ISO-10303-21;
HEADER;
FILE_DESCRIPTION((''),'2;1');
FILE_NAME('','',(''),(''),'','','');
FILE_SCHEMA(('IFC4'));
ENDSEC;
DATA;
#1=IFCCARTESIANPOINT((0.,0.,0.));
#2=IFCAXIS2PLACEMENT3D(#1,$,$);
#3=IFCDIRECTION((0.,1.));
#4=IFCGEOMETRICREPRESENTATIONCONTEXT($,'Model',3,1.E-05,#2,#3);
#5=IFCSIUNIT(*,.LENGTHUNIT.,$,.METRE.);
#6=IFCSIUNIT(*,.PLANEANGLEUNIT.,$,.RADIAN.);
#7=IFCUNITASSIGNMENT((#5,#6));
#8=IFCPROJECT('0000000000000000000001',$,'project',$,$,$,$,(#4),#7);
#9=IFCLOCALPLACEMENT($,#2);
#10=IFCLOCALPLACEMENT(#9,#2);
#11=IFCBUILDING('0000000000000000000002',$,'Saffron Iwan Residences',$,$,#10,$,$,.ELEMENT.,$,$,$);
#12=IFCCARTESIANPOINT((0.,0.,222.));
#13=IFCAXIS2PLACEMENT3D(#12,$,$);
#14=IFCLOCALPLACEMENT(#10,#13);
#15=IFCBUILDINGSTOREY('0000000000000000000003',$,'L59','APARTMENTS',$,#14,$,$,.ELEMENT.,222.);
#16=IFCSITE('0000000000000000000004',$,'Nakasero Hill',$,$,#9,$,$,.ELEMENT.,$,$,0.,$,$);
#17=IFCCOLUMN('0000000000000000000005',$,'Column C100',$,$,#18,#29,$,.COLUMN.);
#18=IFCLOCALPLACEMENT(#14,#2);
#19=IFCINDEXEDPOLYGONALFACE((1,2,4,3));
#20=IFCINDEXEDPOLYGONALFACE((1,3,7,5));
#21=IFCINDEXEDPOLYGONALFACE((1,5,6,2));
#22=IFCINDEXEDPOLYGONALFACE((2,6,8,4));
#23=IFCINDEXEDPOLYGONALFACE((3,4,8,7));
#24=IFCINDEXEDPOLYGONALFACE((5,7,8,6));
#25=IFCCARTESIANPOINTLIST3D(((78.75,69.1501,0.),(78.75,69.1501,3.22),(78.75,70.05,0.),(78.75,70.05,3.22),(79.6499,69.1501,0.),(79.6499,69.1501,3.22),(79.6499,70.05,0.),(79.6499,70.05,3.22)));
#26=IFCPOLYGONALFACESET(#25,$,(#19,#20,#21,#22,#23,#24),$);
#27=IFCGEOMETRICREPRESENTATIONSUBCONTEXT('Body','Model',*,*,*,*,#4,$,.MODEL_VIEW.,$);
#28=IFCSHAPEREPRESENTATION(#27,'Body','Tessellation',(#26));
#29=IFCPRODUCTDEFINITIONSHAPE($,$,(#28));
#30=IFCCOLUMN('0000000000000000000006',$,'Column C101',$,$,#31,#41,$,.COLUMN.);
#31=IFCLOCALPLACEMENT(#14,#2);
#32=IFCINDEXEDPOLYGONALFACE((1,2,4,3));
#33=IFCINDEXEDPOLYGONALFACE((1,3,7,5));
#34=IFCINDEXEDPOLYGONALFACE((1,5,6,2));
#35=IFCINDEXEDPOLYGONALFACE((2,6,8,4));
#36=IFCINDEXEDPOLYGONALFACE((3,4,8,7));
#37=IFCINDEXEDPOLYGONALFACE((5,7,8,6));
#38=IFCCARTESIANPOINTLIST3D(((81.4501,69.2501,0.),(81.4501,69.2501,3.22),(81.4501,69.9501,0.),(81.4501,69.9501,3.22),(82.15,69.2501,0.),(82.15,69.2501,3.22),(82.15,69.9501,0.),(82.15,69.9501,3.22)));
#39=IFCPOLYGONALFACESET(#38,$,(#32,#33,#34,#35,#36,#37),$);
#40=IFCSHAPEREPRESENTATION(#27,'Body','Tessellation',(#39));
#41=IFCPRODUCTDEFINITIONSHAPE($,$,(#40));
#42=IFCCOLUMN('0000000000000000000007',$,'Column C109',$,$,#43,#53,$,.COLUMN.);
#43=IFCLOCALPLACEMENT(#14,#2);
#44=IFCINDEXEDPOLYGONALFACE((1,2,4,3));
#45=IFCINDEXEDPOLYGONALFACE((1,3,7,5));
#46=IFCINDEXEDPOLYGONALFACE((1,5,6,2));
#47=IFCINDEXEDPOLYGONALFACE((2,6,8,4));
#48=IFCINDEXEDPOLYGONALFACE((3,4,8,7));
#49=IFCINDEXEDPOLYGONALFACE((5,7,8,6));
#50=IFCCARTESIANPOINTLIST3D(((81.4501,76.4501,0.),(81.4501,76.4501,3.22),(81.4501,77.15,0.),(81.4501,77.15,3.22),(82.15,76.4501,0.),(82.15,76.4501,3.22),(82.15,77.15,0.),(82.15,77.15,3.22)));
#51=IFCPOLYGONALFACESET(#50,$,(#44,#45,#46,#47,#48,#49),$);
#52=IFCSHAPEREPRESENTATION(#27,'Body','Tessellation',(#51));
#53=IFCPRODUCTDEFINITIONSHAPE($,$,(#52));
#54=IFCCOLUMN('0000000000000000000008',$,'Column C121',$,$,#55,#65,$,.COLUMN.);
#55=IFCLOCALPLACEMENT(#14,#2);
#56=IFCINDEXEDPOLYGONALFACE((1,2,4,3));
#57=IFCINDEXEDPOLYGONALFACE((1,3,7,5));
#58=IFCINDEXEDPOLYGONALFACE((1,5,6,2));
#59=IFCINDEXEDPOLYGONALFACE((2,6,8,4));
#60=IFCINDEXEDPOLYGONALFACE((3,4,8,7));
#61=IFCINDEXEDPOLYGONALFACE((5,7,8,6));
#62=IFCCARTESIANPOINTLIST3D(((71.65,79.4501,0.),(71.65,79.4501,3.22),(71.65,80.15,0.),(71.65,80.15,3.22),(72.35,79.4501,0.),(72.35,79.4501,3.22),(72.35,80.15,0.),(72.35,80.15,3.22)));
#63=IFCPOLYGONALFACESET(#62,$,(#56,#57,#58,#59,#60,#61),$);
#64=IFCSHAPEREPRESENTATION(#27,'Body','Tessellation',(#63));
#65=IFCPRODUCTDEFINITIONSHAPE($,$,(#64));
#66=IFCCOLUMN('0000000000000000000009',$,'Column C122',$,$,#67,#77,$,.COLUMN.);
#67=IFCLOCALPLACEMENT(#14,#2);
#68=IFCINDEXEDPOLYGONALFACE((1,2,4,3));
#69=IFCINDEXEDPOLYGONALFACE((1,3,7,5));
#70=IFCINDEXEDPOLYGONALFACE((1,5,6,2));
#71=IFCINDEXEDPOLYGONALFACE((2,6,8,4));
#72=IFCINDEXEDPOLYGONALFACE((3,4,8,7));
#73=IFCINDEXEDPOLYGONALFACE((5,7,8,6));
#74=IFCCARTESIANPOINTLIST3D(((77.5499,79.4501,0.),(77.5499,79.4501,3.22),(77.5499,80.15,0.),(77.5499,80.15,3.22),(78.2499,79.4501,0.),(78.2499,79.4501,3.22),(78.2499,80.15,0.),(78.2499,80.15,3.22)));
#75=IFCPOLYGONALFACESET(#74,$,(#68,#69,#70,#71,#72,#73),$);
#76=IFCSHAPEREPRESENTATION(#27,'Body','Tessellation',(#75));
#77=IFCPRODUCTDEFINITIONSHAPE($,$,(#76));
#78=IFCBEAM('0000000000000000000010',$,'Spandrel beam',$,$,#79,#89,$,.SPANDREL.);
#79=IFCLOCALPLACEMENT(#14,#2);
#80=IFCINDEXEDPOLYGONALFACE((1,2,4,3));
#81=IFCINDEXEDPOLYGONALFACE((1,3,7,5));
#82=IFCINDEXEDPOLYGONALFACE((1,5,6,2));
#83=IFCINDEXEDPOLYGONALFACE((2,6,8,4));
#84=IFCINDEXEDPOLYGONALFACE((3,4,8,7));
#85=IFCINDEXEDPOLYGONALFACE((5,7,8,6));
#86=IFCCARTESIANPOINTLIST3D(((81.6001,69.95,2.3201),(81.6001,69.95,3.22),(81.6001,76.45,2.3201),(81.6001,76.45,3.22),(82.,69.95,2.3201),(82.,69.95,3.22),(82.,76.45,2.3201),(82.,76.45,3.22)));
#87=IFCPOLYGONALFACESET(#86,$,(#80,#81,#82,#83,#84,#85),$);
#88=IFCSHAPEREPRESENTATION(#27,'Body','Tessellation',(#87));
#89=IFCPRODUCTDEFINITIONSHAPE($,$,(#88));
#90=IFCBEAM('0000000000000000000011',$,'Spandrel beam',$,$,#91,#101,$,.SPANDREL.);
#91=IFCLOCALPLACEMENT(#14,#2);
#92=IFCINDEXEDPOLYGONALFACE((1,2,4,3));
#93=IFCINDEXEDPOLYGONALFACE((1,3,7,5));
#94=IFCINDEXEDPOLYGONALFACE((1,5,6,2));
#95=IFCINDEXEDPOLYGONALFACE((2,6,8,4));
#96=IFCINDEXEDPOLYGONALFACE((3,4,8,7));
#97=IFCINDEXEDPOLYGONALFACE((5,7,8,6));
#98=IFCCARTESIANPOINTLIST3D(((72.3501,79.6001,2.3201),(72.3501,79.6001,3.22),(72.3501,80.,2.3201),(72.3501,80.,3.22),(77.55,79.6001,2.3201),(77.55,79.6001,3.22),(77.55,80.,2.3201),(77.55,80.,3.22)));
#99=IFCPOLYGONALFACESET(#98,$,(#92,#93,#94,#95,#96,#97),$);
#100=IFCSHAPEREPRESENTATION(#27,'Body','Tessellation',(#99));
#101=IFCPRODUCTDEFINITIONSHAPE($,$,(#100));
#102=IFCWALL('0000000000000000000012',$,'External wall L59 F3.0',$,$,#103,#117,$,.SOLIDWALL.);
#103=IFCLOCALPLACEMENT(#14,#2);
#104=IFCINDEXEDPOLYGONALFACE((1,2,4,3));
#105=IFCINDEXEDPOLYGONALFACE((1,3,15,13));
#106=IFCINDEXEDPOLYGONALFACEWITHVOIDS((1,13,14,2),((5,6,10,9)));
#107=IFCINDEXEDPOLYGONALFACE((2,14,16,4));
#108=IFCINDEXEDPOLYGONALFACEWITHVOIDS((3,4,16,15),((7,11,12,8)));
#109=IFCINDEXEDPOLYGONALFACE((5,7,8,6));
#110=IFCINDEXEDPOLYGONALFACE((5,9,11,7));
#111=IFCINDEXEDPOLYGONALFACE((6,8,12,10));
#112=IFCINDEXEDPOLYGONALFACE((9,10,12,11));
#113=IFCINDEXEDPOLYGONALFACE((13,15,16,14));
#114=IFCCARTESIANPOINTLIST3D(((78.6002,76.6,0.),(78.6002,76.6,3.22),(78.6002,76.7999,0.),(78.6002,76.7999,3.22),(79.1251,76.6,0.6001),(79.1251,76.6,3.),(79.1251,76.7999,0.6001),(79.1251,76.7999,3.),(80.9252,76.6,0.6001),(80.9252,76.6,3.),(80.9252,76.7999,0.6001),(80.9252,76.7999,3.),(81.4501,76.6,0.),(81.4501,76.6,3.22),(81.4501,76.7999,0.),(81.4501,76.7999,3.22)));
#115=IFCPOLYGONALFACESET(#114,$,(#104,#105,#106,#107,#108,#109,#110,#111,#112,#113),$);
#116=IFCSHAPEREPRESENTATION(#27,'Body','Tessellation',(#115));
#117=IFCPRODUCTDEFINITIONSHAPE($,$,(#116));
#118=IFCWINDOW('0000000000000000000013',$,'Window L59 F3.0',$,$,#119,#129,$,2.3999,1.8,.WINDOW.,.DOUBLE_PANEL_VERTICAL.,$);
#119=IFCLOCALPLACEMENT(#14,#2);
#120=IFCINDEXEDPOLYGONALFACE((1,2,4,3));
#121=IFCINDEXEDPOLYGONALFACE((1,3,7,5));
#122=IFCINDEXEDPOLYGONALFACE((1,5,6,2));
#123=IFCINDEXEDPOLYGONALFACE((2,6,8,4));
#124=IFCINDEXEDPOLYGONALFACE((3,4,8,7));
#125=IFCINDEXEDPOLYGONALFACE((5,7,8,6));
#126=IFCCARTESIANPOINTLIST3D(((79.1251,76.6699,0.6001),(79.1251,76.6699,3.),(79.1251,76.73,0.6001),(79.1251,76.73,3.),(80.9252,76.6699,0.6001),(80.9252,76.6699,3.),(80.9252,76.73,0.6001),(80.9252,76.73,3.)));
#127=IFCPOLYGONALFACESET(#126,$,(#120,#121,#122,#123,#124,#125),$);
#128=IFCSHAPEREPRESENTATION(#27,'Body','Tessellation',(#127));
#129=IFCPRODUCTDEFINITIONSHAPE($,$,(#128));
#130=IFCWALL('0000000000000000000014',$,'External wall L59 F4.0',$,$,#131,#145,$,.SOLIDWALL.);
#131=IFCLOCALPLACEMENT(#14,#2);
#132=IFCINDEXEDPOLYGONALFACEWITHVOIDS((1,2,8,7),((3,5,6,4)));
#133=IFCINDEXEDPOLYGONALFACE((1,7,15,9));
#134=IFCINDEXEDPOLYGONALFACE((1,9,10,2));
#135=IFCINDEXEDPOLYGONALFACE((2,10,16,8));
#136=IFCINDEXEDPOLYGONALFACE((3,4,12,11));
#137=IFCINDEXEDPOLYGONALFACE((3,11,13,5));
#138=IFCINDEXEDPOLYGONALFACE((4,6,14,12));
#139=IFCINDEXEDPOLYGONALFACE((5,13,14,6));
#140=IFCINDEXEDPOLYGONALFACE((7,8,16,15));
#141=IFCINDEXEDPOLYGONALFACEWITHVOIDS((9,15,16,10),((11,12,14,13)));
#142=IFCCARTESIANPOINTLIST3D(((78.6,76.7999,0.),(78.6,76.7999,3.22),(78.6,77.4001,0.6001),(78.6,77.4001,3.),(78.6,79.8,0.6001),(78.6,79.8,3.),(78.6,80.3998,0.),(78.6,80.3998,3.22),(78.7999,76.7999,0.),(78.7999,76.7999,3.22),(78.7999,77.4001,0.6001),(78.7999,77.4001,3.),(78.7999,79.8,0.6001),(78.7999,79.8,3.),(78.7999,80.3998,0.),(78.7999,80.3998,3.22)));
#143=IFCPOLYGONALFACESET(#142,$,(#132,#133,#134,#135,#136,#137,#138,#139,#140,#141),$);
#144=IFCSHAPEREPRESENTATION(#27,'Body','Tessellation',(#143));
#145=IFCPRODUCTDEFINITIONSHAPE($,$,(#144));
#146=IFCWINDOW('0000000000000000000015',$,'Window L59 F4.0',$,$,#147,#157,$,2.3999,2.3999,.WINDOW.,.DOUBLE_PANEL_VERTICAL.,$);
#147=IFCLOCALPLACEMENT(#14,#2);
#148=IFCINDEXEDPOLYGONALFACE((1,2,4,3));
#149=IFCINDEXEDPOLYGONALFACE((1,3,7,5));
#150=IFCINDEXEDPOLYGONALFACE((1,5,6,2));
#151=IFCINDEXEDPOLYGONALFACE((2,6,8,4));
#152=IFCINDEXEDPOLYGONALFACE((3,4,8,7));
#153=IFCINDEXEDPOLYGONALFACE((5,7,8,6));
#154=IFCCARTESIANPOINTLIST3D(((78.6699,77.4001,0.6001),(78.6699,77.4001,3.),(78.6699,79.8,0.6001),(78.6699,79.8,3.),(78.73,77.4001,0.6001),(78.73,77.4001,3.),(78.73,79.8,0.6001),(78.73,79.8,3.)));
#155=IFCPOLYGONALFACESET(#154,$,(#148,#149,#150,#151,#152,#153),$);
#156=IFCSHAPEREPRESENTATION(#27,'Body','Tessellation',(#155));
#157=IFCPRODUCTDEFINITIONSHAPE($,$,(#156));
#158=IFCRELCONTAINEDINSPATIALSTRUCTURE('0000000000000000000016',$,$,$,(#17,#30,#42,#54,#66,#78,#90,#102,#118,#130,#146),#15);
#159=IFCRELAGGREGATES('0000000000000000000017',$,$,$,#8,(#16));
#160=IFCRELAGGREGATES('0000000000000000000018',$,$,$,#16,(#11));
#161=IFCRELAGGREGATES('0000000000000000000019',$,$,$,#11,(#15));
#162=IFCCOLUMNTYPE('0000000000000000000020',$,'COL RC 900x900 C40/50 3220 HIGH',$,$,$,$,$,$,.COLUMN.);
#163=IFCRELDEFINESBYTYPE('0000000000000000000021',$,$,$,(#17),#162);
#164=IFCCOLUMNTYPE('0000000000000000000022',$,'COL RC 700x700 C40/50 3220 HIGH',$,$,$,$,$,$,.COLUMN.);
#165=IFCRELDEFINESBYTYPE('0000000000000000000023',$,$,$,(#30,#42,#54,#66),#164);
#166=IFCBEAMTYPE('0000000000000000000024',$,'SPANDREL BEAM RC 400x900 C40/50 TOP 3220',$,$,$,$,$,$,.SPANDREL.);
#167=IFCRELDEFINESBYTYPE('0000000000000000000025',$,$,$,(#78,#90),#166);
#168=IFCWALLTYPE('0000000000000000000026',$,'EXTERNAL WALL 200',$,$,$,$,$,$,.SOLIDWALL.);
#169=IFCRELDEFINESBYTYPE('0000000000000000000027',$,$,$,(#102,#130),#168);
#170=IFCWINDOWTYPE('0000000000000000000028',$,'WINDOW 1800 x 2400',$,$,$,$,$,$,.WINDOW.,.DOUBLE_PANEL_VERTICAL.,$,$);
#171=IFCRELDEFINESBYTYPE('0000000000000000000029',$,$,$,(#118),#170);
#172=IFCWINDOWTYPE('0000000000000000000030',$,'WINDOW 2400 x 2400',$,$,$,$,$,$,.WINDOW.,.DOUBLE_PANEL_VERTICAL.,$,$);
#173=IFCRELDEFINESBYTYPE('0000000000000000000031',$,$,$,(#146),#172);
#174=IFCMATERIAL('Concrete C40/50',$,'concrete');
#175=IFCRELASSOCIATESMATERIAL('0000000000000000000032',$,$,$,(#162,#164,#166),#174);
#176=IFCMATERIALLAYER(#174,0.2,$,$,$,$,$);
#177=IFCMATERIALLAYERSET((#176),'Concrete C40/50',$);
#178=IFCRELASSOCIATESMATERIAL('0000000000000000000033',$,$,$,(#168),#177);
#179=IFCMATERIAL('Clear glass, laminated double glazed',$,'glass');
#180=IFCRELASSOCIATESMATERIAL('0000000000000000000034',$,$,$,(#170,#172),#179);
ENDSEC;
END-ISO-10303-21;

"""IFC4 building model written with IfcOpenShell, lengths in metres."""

from ifc_helpers import new_model, si_unit, direction, frame, frame_2d, origin, origin_2d, place, context, subcontext, project, spatial, rectangle, extrude, source, transform, mapped, material, layer, layer_set, material_profile, profile_set, type_object, element, fill, save


model = new_model("IFC4")

# Units and contexts
model_context = context("Model", 3, precision=1e-05, world=origin(), true_north=direction((0.0, 1.0)))
body_context = subcontext(model_context, "Body", "Model", "MODEL_VIEW")
ifc_project = project(units=[si_unit("LENGTHUNIT", "METRE"), si_unit("PLANEANGLEUNIT", "RADIAN")], contexts=[model_context])

# Site, building, storey
site_placement = place(None, origin())
site = spatial("IfcSite", under=ifc_project, at=site_placement, Name="Nakasero Hill", CompositionType="ELEMENT", RefElevation=0.0)
building_placement = place(site_placement, origin())
building = spatial("IfcBuilding", under=site, at=building_placement, Name="Saffron Iwan Residences", CompositionType="ELEMENT")
storey_placement = place(building_placement, frame((0.0, 0.0, 222.0)))
storey = spatial("IfcBuildingStorey", under=building, at=storey_placement, Name="L59", Description="APARTMENTS", CompositionType="ELEMENT", Elevation=222.0)

# Columns
ifc_material_1 = material(Name="Concrete C40/50", Category="concrete")
ifc_material_profile_1 = material_profile(ifc_material_1, rectangle(XDim=0.8999, YDim=0.8999, at=origin_2d()), Name="RC 900x900")
ifc_profile_set_1 = profile_set([ifc_material_profile_1], Name="Concrete C40/50")
column_type_1 = type_object("IfcColumnType", Name="COL RC 900x900 C40/50 3220 HIGH", PredefinedType="COLUMN", material=ifc_profile_set_1)
shared_shape_1 = source(origin(), body_context, "Body", "SweptSolid", [
    extrude(rectangle(XDim=0.8999, YDim=0.8999, at=origin_2d()), origin(), (0.0, 0.0, 1.0), 3.22),
])
column_placement = place(storey_placement, frame((79.2, 69.6001, 0.0), z_axis=(0.0, 0.0, 1.0), x_axis=(1.0, 0.0, 0.0)))
element("IfcColumn", 1, at=column_placement, inside=storey, type_object=column_type_1, Name="Column C100", PredefinedType="COLUMN", context=body_context, shape_type="MappedRepresentation", body=[
    mapped(shared_shape_1, transform((0.0, 0.0, 0.0))),
])
ifc_material_profile_2 = material_profile(ifc_material_1, rectangle(XDim=0.7, YDim=0.7, at=origin_2d()), Name="RC 700x700")
ifc_profile_set_2 = profile_set([ifc_material_profile_2], Name="Concrete C40/50")
column_type_2 = type_object("IfcColumnType", Name="COL RC 700x700 C40/50 3220 HIGH", PredefinedType="COLUMN", material=ifc_profile_set_2)
shared_shape_2 = source(origin(), body_context, "Body", "SweptSolid", [
    extrude(rectangle(XDim=0.7, YDim=0.7, at=origin_2d()), origin(), (0.0, 0.0, 1.0), 3.22),
])
for number, where, z_axis, x_axis, name in (
    (2, (81.8, 69.6001, 0.0), (0.0, 0.0, 1.0), (1.0, 0.0, 0.0), "Column C101"),
    (3, (81.8, 76.8, 0.0), (0.0, 0.0, 1.0), (1.0, 0.0, 0.0), "Column C109"),
    (4, (72.0, 79.8, 0.0), (0.0, 0.0, 1.0), (1.0, 0.0, 0.0), "Column C121"),
    (5, (77.8999, 79.8, 0.0), (0.0, 0.0, 1.0), (1.0, 0.0, 0.0), "Column C122"),
):
    element("IfcColumn", number, at=place(storey_placement, frame(where, z_axis=z_axis, x_axis=x_axis)), inside=storey, type_object=column_type_2, Name=name, PredefinedType="COLUMN", context=body_context, shape_type="MappedRepresentation", body=[
        mapped(shared_shape_2, transform((0.0, 0.0, 0.0))),
    ])

# Beams
ifc_material_profile_3 = material_profile(ifc_material_1, rectangle(XDim=0.3999, YDim=0.8999, at=origin_2d()), Name="RC 400x900")
ifc_profile_set_3 = profile_set([ifc_material_profile_3], Name="Concrete C40/50")
beam_type = type_object("IfcBeamType", Name="SPANDREL BEAM RC 400x900 C40/50 TOP 3220", PredefinedType="SPANDREL", material=ifc_profile_set_3)
shared_shape_3 = source(origin(), body_context, "Body", "SweptSolid", [
    extrude(rectangle(XDim=0.3999, YDim=0.8999, at=origin_2d()), origin(), (0.0, 0.0, 1.0), 6.5),
])
beam_1_placement = place(storey_placement, frame((81.8, 76.45, 2.77), z_axis=(0.0, -1.0, 0.0), x_axis=(1.0, 0.0, 0.0)))
element("IfcBeam", 6, at=beam_1_placement, inside=storey, type_object=beam_type, Name="Spandrel beam", PredefinedType="SPANDREL", context=body_context, shape_type="MappedRepresentation", body=[
    mapped(shared_shape_3, transform((0.0, 0.0, 0.0))),
])
shared_shape_4 = source(origin(), body_context, "Body", "SweptSolid", [
    extrude(rectangle(XDim=0.3999, YDim=0.8999, at=origin_2d()), origin(), (0.0, 0.0, 1.0), 5.2),
])
beam_2_placement = place(storey_placement, frame((72.3501, 79.8, 2.77), z_axis=(1.0, 0.0, 0.0), x_axis=(0.0, 1.0, 0.0)))
element("IfcBeam", 7, at=beam_2_placement, inside=storey, type_object=beam_type, Name="Spandrel beam", PredefinedType="SPANDREL", context=body_context, shape_type="MappedRepresentation", body=[
    mapped(shared_shape_4, transform((0.0, 0.0, 0.0))),
])

# Walls, openings, windows
ifc_layer_1 = layer(ifc_material_1, 0.2)
ifc_layer_set_1 = layer_set([ifc_layer_1], Name="Concrete C40/50")
wall_type_1 = type_object("IfcWallType", Name="EXTERNAL WALL 200", PredefinedType="SOLIDWALL", material=ifc_layer_set_1)
wall_1_placement = place(storey_placement, frame((81.45, 76.7, 0.0), z_axis=(0.0, 0.0, 1.0), x_axis=(-1.0, 0.0, 0.0)))
wall_1 = element("IfcWall", 8, at=wall_1_placement, inside=storey, type_object=wall_type_1, Name="External wall L59 F3.0", PredefinedType="SOLIDWALL", context=body_context, shape_type="SweptSolid", body=[
    extrude(rectangle(XDim=2.8499, YDim=0.2, at=frame_2d((1.4248, 0.0))), origin(), (0.0, 0.0, 1.0), 3.22),
])
opening_1_placement = place(wall_1_placement, frame((0.5249, 0.0, 0.6001)))
opening_1 = element("IfcOpeningElement", 9, at=opening_1_placement, cuts=wall_1, PredefinedType="OPENING", context=body_context, shape_type="SweptSolid", body=[
    extrude(rectangle(XDim=1.8, YDim=2.3999, at=frame_2d((0.8999, 1.2))), frame((0.0, 0.1099, 0.0), z_axis=(0.0, -1.0, 0.0), x_axis=(1.0, 0.0, 0.0)), (0.0, 0.0, 1.0), 0.22),
])
ifc_material_2 = material(Name="Clear glass, laminated double glazed", Category="glass")
window_type_1 = type_object("IfcWindowType", Name="WINDOW 1800 x 2400", PartitioningType="DOUBLE_PANEL_VERTICAL", PredefinedType="WINDOW", material=ifc_material_2)
window_1_placement = place(opening_1_placement, origin())
window_1 = element("IfcWindow", 10, at=window_1_placement, inside=storey, type_object=window_type_1, Name="Window L59 F3.0", OverallHeight=2.3999, OverallWidth=1.8, PartitioningType="DOUBLE_PANEL_VERTICAL", PredefinedType="WINDOW", context=body_context, shape_type="SweptSolid", body=[
    extrude(rectangle(XDim=1.8, YDim=2.3999, at=frame_2d((0.8999, 1.2))), frame((0.0, 0.03, 0.0), z_axis=(0.0, -1.0, 0.0), x_axis=(1.0, 0.0, 0.0)), (0.0, 0.0, 1.0), 0.0601),
])
fill(opening_1, window_1)
wall_2_placement = place(storey_placement, frame((78.7, 76.8, 0.0), z_axis=(0.0, 0.0, 1.0), x_axis=(0.0, 1.0, 0.0)))
wall_2 = element("IfcWall", 11, at=wall_2_placement, inside=storey, type_object=wall_type_1, Name="External wall L59 F4.0", PredefinedType="SOLIDWALL", context=body_context, shape_type="SweptSolid", body=[
    extrude(rectangle(XDim=3.5999, YDim=0.2, at=frame_2d((1.7998, 0.0))), origin(), (0.0, 0.0, 1.0), 3.22),
])
opening_2_placement = place(wall_2_placement, frame((0.6001, 0.0, 0.6001)))
opening_2 = element("IfcOpeningElement", 12, at=opening_2_placement, cuts=wall_2, PredefinedType="OPENING", context=body_context, shape_type="SweptSolid", body=[
    extrude(rectangle(XDim=2.3999, YDim=2.3999, at=frame_2d((1.2, 1.2))), frame((0.0, 0.1099, 0.0), z_axis=(0.0, -1.0, 0.0), x_axis=(1.0, 0.0, 0.0)), (0.0, 0.0, 1.0), 0.22),
])
window_type_2 = type_object("IfcWindowType", Name="WINDOW 2400 x 2400", PartitioningType="DOUBLE_PANEL_VERTICAL", PredefinedType="WINDOW", material=ifc_material_2)
window_2_placement = place(opening_2_placement, origin())
window_2 = element("IfcWindow", 13, at=window_2_placement, inside=storey, type_object=window_type_2, Name="Window L59 F4.0", OverallHeight=2.3999, OverallWidth=2.3999, PartitioningType="DOUBLE_PANEL_VERTICAL", PredefinedType="WINDOW", context=body_context, shape_type="SweptSolid", body=[
    extrude(rectangle(XDim=2.3999, YDim=2.3999, at=frame_2d((1.2, 1.2))), frame((0.0, 0.03, 0.0), z_axis=(0.0, -1.0, 0.0), x_axis=(1.0, 0.0, 0.0)), (0.0, 0.0, 1.0), 0.0601),
])
fill(opening_2, window_2)

save(model, "model.ifc")
